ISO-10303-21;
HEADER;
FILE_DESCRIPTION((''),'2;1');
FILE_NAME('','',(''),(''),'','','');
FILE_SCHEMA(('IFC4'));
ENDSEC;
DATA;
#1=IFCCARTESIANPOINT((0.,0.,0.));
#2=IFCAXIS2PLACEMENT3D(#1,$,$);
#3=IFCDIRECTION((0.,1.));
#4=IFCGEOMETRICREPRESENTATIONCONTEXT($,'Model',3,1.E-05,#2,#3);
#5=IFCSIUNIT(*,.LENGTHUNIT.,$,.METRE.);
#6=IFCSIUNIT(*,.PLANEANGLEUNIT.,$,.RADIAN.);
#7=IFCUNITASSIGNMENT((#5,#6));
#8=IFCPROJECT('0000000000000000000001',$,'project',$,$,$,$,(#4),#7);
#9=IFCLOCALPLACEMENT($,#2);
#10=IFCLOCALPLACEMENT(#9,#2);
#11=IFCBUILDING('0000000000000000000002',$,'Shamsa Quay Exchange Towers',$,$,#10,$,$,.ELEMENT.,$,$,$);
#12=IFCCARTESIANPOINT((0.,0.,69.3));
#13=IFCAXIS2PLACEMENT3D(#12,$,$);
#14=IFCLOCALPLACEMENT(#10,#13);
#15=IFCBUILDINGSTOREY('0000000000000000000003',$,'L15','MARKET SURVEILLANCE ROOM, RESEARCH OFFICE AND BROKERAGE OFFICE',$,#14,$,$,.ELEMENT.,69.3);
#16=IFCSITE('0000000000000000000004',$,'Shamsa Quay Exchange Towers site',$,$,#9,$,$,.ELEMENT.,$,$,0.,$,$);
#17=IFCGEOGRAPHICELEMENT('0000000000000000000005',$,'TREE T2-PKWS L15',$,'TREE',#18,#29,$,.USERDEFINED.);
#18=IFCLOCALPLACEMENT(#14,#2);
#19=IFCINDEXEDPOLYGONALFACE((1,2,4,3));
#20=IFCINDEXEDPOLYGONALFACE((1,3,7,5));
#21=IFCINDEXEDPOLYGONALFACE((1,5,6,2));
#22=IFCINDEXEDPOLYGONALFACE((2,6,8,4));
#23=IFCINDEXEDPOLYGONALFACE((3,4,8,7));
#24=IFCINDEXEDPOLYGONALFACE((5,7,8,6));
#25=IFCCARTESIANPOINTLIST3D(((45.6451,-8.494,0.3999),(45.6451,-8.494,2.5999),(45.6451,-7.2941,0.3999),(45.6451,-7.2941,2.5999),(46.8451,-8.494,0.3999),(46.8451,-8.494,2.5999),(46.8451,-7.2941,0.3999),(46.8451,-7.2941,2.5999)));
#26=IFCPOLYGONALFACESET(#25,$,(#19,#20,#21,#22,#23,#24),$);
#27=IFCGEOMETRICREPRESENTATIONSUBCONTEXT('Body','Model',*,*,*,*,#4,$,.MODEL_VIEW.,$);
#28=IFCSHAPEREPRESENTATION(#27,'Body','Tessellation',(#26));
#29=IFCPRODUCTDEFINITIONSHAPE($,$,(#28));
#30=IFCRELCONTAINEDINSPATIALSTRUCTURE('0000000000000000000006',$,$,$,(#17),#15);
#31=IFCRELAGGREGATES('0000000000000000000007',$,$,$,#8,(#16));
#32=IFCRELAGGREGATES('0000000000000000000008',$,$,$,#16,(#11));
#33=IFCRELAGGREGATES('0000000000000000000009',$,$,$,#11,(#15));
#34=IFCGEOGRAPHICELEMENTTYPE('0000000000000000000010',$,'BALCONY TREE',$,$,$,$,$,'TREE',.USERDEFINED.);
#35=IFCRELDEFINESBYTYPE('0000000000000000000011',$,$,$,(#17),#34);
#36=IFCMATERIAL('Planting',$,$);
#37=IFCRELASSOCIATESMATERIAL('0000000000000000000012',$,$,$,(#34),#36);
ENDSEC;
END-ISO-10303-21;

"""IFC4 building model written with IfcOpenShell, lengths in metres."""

from ifc_helpers import new_model, si_unit, direction, frame, origin, origin_2d, place, context, subcontext, project, spatial, rectangle, extrude, material, type_object, element, save


model = new_model("IFC4")

# Units and contexts
model_context = context("Model", 3, precision=1e-05, world=origin(), true_north=direction((0.0, 1.0)))
body_context = subcontext(model_context, "Body", "Model", "MODEL_VIEW")
ifc_project = project(units=[si_unit("LENGTHUNIT", "METRE"), si_unit("PLANEANGLEUNIT", "RADIAN")], contexts=[model_context])

# Site, building, storey
site_placement = place(None, origin())
site = spatial("IfcSite", under=ifc_project, at=site_placement, Name="Shamsa Quay Exchange Towers site", CompositionType="ELEMENT", RefElevation=0.0)
building_placement = place(site_placement, origin())
building = spatial("IfcBuilding", under=site, at=building_placement, Name="Shamsa Quay Exchange Towers", CompositionType="ELEMENT")
storey_placement = place(building_placement, frame((0.0, 0.0, 69.3)))
storey = spatial("IfcBuildingStorey", under=building, at=storey_placement, Name="L15", Description="MARKET SURVEILLANCE ROOM, RESEARCH OFFICE AND BROKERAGE OFFICE", CompositionType="ELEMENT", Elevation=69.3)

# Geographic element
ifc_material_1 = material(Name="Planting")
geographic_element_type = type_object("IfcGeographicElementType", Name="BALCONY TREE", ElementType="TREE", PredefinedType="USERDEFINED", material=ifc_material_1)
geographic_element_placement = place(storey_placement, frame((46.2451, -7.894, 0.3999), z_axis=(0.0, 0.0, 1.0), x_axis=(0.0, 1.0, 0.0)))
element("IfcGeographicElement", 1, at=geographic_element_placement, inside=storey, type_object=geographic_element_type, Name="TREE T2-PKWS L15", ObjectType="TREE", PredefinedType="USERDEFINED", context=body_context, shape_type="SweptSolid", body=[
    extrude(rectangle(XDim=1.2, YDim=1.2, at=origin_2d()), origin(), (0.0, 0.0, 1.0), 2.2),
])

save(model, "model.ifc")
